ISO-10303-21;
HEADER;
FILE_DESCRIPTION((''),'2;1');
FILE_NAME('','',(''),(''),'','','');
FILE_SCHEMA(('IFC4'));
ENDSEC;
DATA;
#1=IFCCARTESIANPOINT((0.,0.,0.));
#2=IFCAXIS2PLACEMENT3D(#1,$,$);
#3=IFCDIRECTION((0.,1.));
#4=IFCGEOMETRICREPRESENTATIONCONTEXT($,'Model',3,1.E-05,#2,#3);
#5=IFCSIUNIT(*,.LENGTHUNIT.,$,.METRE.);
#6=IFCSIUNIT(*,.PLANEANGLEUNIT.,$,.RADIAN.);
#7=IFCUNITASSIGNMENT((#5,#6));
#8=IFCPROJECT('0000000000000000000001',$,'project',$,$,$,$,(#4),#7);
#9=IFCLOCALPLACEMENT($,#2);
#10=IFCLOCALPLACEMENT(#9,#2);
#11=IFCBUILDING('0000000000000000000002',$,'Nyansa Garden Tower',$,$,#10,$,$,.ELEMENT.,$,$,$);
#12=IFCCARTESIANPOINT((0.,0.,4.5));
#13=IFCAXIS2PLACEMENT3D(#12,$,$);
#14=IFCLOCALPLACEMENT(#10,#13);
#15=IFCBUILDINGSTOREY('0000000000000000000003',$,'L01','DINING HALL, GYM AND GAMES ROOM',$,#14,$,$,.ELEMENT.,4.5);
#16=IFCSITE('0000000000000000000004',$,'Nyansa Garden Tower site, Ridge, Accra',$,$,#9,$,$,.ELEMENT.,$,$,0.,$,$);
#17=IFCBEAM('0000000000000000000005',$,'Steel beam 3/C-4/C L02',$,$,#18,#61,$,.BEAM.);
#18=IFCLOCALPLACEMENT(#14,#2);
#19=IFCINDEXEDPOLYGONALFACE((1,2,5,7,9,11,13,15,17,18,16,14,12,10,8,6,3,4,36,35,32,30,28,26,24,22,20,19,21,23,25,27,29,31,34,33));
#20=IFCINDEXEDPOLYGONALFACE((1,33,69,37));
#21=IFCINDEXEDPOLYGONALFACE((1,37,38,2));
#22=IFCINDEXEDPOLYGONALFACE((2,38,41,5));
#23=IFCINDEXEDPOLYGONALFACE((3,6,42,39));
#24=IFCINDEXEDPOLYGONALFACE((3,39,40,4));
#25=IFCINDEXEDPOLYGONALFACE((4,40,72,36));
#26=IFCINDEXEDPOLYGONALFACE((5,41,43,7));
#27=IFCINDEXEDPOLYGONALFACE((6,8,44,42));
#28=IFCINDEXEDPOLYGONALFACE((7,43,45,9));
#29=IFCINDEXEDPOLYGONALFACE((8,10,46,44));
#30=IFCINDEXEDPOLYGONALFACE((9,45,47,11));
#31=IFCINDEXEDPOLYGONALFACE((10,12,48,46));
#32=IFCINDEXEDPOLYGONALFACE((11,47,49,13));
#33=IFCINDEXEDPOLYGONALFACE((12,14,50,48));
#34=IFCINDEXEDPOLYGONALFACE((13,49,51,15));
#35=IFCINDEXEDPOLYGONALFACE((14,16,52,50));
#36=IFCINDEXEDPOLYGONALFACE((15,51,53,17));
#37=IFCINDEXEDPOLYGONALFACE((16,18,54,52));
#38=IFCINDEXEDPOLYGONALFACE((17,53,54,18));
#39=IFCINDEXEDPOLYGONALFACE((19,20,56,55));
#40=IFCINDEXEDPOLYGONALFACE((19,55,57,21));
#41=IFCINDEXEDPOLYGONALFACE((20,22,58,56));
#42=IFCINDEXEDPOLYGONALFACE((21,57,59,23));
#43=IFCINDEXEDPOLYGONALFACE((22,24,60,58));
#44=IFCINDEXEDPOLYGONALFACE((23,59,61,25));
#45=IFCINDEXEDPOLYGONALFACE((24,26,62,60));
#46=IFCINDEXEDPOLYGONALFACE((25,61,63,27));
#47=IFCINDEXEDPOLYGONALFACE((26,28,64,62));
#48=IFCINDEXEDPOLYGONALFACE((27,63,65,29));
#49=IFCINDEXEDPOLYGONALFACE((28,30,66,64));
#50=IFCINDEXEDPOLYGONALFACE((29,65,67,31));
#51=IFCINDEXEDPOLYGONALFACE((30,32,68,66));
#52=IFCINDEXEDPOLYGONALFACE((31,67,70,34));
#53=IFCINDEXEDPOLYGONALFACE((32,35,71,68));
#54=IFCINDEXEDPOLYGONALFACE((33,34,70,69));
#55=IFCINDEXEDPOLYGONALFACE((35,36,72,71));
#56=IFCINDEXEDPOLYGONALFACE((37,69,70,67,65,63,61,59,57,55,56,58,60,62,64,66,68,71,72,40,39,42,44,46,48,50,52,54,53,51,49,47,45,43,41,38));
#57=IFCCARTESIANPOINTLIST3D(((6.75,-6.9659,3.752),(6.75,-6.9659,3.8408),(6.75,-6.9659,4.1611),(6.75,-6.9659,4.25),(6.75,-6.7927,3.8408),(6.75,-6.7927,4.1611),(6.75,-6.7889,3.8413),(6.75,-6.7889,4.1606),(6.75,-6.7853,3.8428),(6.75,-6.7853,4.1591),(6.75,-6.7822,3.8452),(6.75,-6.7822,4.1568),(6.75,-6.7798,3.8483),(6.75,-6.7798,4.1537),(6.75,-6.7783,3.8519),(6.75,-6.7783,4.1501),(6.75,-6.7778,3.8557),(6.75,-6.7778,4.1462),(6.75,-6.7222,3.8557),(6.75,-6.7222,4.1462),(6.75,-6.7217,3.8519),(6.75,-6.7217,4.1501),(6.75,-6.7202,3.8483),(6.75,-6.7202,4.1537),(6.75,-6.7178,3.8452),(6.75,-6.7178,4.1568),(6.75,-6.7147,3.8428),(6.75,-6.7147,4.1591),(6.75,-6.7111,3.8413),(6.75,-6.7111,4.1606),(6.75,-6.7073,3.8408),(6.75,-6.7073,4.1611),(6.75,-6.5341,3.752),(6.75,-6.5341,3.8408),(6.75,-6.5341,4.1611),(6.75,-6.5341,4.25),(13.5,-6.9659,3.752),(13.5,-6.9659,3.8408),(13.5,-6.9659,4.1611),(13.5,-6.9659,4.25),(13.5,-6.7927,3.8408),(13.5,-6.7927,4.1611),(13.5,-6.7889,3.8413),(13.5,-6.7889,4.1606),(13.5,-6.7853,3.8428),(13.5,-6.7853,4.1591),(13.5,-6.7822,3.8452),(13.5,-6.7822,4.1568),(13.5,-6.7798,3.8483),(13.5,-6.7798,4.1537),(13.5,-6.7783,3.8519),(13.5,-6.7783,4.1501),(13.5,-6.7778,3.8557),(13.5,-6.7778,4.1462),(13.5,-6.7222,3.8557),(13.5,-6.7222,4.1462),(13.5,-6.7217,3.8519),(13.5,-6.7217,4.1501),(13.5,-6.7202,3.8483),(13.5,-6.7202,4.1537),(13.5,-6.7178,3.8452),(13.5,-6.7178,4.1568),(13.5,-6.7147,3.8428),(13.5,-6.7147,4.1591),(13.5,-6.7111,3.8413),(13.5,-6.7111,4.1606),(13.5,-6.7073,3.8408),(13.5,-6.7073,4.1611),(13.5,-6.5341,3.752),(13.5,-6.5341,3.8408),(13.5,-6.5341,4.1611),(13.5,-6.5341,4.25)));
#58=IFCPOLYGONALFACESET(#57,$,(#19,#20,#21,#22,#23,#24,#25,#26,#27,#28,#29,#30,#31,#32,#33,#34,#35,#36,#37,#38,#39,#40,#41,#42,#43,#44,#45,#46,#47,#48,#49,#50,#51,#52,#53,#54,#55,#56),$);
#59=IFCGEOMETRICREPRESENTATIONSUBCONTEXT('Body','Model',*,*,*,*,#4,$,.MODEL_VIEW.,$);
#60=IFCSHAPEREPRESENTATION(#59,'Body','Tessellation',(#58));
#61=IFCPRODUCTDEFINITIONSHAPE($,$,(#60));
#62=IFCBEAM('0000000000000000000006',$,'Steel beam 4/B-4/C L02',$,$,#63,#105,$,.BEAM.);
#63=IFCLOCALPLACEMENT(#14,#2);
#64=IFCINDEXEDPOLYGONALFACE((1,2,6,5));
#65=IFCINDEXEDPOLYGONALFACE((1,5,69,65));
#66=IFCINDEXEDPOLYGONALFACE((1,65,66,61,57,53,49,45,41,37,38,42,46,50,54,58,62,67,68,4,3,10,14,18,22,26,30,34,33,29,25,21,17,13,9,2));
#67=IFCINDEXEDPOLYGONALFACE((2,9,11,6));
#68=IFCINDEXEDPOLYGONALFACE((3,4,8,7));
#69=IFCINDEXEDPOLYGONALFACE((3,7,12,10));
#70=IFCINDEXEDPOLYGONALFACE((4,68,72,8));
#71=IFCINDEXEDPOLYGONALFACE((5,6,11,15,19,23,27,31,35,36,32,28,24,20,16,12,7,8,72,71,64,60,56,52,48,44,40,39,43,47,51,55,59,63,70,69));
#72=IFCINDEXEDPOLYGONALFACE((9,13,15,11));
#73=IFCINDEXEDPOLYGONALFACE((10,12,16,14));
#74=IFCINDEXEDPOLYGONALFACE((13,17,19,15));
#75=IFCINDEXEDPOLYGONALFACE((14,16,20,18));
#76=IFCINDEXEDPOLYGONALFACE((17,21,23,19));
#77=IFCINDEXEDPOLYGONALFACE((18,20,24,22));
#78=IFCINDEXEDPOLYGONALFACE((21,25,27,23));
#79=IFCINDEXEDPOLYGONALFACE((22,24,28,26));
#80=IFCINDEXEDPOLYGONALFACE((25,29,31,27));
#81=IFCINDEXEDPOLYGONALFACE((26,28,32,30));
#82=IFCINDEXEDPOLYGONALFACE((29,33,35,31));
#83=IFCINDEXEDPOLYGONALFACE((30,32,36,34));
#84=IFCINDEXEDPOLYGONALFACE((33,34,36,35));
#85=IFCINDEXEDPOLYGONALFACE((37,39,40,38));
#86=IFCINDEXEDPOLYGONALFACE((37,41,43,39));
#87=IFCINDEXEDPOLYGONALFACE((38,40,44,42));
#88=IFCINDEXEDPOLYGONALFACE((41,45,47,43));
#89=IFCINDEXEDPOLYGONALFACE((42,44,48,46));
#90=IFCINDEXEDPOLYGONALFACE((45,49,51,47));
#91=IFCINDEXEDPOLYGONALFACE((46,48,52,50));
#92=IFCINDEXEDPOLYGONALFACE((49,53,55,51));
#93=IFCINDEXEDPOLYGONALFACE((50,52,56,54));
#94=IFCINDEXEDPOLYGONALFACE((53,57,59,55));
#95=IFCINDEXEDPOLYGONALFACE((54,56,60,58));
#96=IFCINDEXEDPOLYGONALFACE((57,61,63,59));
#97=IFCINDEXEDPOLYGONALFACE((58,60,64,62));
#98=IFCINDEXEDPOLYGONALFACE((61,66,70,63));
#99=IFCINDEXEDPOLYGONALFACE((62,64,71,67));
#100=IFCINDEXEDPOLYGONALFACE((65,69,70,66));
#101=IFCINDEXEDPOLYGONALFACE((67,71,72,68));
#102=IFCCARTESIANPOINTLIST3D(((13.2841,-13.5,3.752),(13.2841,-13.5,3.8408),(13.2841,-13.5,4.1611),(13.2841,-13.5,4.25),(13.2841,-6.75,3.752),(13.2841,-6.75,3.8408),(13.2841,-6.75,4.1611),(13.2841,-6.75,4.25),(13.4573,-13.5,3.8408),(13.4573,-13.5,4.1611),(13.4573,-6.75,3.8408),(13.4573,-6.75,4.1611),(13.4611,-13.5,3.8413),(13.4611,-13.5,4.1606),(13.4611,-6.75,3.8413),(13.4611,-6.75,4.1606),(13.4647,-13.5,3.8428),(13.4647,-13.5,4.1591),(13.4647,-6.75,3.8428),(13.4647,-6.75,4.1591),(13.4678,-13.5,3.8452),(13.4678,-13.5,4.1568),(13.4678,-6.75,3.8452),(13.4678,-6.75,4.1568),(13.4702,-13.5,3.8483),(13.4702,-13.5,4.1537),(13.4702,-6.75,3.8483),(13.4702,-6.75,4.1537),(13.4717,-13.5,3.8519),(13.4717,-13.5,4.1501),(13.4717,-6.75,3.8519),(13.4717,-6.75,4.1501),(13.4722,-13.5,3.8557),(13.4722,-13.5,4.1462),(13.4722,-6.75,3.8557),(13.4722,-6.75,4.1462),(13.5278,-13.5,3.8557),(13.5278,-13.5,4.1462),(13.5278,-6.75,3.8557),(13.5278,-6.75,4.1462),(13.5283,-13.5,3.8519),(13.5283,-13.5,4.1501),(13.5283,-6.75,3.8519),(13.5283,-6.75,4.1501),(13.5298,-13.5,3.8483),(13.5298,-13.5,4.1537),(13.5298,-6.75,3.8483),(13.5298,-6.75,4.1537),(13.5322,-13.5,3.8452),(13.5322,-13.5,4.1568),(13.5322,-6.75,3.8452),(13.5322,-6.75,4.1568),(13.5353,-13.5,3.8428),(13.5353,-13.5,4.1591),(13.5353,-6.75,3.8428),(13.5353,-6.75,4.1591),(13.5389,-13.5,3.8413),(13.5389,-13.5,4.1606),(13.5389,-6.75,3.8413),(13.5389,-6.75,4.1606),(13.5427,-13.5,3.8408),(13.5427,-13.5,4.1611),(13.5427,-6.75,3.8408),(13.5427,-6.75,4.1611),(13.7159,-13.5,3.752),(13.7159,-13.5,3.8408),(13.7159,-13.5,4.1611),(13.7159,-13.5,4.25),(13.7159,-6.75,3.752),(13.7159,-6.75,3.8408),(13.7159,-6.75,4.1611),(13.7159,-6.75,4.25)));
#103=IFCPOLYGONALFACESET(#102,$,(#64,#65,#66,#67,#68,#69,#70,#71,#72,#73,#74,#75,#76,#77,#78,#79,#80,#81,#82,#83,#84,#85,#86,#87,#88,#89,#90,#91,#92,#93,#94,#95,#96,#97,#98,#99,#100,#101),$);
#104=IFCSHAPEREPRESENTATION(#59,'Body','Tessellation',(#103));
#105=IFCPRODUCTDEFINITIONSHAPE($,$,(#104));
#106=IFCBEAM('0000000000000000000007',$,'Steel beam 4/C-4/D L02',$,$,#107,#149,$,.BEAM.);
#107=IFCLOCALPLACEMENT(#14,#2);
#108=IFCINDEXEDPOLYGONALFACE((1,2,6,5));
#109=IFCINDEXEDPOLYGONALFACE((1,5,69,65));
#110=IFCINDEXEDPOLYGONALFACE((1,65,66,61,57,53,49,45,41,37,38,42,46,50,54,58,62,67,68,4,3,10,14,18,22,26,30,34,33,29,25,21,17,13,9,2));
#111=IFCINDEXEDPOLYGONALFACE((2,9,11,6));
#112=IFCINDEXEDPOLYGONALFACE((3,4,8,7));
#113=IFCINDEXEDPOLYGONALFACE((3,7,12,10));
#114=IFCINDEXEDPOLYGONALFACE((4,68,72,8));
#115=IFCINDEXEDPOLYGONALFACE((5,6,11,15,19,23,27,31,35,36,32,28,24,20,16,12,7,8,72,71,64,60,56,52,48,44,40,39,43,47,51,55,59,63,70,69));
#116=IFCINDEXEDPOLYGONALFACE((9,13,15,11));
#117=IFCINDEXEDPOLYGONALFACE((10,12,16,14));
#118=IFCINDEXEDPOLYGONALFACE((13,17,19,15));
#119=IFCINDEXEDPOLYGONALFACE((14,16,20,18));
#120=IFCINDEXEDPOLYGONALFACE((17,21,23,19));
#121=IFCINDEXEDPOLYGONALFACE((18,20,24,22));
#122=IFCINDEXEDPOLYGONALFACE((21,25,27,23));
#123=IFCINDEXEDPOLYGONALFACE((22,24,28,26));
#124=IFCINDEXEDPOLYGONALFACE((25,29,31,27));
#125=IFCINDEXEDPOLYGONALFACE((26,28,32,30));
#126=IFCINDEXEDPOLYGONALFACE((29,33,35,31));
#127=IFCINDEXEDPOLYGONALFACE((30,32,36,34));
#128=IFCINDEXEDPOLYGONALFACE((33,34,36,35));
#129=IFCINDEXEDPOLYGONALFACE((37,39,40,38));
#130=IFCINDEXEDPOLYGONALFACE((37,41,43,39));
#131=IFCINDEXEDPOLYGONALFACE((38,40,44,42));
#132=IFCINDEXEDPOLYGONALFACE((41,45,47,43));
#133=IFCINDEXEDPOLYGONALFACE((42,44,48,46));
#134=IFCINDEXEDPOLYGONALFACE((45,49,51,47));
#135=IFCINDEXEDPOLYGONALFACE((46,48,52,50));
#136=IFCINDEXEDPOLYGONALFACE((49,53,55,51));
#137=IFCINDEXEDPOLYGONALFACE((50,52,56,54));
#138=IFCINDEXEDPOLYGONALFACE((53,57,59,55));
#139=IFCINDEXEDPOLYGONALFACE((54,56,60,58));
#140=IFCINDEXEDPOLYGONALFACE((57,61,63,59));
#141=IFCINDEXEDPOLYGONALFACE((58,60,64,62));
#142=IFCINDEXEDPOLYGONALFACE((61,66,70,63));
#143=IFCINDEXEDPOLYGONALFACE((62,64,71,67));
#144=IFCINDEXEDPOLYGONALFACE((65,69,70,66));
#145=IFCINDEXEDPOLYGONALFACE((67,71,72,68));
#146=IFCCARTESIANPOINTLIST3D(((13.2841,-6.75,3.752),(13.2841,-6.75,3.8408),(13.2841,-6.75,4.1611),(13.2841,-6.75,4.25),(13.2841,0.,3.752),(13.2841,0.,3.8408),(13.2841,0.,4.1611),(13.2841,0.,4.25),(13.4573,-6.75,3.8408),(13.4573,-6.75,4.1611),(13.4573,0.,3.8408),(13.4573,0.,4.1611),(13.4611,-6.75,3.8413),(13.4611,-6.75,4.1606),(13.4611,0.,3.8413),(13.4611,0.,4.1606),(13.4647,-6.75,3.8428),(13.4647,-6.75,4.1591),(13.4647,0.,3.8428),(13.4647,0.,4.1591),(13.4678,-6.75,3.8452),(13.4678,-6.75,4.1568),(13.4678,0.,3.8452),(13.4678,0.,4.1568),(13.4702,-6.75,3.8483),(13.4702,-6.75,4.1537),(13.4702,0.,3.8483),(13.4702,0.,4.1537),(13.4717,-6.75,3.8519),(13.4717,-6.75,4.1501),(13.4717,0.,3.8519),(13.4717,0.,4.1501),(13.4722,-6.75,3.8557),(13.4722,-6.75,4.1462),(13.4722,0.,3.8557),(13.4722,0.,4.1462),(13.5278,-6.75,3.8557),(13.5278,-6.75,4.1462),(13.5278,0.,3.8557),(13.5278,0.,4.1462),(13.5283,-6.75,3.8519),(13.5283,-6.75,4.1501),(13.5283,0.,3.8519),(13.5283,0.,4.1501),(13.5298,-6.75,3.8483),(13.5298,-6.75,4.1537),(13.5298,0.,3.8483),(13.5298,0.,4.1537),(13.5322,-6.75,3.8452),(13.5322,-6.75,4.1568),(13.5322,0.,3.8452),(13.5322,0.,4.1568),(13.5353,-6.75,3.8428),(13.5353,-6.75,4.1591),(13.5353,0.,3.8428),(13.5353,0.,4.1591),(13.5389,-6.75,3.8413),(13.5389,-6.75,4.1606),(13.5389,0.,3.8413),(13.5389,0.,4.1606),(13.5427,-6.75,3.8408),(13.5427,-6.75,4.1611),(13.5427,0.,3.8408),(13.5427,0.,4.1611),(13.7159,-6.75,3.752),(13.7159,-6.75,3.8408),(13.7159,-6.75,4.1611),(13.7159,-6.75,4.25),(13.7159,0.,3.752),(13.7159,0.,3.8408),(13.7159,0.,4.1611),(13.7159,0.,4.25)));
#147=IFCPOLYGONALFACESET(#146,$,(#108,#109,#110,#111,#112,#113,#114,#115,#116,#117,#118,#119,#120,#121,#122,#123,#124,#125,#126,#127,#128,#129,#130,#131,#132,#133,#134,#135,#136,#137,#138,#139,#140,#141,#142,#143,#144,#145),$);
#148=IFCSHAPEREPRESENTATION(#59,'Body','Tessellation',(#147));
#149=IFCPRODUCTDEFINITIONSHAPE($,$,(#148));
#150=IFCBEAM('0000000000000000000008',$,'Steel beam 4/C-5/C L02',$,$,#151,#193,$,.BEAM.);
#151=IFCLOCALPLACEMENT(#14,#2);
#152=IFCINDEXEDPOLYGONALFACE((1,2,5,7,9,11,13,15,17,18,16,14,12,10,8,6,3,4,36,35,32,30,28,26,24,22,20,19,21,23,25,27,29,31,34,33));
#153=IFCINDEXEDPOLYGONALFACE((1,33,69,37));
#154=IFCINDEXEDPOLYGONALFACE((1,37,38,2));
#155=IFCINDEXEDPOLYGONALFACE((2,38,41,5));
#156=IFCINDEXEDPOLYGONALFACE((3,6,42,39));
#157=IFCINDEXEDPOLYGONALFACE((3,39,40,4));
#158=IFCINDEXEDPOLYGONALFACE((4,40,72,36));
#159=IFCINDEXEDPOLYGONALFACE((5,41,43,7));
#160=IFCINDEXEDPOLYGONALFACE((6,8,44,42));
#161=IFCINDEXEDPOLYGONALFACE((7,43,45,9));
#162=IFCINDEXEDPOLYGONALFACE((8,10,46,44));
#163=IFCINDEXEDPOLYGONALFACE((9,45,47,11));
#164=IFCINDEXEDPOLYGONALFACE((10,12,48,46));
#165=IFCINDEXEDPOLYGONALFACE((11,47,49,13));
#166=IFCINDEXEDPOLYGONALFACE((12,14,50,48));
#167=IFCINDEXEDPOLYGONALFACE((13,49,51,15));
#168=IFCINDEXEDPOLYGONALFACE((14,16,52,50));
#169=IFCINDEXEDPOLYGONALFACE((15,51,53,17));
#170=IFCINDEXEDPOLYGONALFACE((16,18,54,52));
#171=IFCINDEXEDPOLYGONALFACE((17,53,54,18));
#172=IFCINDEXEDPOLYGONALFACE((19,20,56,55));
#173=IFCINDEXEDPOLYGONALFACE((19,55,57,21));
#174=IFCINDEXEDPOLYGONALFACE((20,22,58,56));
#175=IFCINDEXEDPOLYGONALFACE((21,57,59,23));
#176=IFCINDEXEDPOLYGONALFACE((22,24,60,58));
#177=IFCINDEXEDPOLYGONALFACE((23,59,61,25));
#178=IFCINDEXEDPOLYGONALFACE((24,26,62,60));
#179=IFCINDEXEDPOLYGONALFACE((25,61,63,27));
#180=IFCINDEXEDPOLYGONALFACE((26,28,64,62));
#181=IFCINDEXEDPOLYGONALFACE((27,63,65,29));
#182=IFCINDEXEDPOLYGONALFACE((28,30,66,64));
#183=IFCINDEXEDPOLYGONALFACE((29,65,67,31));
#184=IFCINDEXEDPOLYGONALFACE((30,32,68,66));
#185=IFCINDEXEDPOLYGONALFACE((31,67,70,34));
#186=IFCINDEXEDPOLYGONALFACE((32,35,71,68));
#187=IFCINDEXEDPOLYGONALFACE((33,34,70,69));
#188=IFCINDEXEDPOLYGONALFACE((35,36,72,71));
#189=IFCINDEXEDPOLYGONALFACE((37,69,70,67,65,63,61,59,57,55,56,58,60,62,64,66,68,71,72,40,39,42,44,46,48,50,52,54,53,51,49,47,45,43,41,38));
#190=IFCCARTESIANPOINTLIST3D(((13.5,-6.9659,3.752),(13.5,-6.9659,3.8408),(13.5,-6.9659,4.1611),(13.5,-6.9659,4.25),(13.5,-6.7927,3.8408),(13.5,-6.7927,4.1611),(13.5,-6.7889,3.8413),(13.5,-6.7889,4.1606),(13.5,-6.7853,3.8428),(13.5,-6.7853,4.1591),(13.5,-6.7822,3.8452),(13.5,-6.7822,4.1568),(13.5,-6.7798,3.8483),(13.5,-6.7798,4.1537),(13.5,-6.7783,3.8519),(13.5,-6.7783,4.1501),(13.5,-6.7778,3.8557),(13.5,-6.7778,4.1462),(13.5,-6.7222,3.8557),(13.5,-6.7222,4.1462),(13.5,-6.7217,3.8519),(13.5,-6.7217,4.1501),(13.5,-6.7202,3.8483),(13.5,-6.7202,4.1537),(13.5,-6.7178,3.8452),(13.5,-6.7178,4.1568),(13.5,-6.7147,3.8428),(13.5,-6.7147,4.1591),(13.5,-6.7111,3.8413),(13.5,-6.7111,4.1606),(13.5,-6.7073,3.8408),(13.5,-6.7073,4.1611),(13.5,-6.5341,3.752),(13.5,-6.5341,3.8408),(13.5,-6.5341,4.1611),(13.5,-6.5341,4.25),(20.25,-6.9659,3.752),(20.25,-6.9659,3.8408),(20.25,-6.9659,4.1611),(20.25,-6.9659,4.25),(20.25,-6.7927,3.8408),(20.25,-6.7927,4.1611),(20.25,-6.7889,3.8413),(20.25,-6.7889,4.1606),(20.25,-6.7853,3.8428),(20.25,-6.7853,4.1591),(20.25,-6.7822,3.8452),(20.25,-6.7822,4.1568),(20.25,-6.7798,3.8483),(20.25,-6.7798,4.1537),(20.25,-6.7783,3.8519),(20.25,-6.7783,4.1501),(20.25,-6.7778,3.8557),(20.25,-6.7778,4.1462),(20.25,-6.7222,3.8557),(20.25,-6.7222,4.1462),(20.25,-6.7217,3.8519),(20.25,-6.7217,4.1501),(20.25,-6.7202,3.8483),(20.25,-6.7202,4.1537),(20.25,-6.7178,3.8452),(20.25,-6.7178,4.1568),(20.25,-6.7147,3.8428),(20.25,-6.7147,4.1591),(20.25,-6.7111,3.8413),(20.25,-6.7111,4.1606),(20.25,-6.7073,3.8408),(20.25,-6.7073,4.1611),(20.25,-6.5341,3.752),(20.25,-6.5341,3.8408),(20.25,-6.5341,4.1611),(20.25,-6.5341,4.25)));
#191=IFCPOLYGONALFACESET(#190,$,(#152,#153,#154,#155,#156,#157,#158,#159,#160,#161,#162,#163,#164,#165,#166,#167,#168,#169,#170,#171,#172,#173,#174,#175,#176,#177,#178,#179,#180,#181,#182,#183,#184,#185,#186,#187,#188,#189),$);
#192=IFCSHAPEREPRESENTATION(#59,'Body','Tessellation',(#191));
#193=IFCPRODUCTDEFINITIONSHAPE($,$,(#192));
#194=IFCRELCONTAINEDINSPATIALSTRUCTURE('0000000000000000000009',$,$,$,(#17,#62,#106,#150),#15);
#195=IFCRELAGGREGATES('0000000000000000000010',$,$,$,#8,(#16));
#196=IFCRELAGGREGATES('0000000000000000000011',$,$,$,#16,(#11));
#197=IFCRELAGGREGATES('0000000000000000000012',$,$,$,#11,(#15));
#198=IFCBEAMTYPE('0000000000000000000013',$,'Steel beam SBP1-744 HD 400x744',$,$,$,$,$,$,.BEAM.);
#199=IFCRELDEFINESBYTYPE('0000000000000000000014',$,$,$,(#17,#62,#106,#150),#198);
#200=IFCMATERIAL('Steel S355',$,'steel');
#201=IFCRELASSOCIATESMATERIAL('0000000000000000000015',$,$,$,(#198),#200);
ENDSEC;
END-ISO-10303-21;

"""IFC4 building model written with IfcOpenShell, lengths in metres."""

from ifc_helpers import new_model, si_unit, direction, frame, origin, origin_2d, place, context, subcontext, project, spatial, i_section, extrude, material, material_profile, profile_set, type_object, element, save


model = new_model("IFC4")

# Units and contexts
model_context = context("Model", 3, precision=1e-05, world=origin(), true_north=direction((0.0, 1.0)))
body_context = subcontext(model_context, "Body", "Model", "MODEL_VIEW")
ifc_project = project(units=[si_unit("LENGTHUNIT", "METRE"), si_unit("PLANEANGLEUNIT", "RADIAN")], contexts=[model_context])

# Site, building, storey
site_placement = place(None, origin())
site = spatial("IfcSite", under=ifc_project, at=site_placement, Name="Nyansa Garden Tower site, Ridge, Accra", CompositionType="ELEMENT", RefElevation=0.0)
building_placement = place(site_placement, origin())
building = spatial("IfcBuilding", under=site, at=building_placement, Name="Nyansa Garden Tower", CompositionType="ELEMENT")
storey_placement = place(building_placement, frame((0.0, 0.0, 4.5)))
storey = spatial("IfcBuildingStorey", under=building, at=storey_placement, Name="L01", Description="DINING HALL, GYM AND GAMES ROOM", CompositionType="ELEMENT", Elevation=4.5)

# Beams
ifc_material_1 = material(Name="Steel S355", Category="steel")
ifc_material_profile_1 = material_profile(ifc_material_1, i_section(OverallWidth=0.4319, OverallDepth=0.498, WebThickness=0.0557, FlangeThickness=0.0889, FilletRadius=0.0149, at=origin_2d()), Name="HD 400x744")
ifc_profile_set_1 = profile_set([ifc_material_profile_1], Name="Steel S355")
beam_type_1 = type_object("IfcBeamType", Name="Steel beam SBP1-744 HD 400x744", PredefinedType="BEAM", material=ifc_profile_set_1)
for number, where, z_axis, x_axis, name in (
    (1, (6.75, -6.75, 4.001), (1.0, 0.0, 0.0), (0.0, 1.0, 0.0), "Steel beam 3/C-4/C L02"),
    (2, (13.5, -13.5, 4.001), (0.0, 1.0, 0.0), (-1.0, 0.0, 0.0), "Steel beam 4/B-4/C L02"),
    (3, (13.5, -6.75, 4.001), (0.0, 1.0, 0.0), (-1.0, 0.0, 0.0), "Steel beam 4/C-4/D L02"),
    (4, (13.5, -6.75, 4.001), (1.0, 0.0, 0.0), (0.0, 1.0, 0.0), "Steel beam 4/C-5/C L02"),
):
    element("IfcBeam", number, at=place(storey_placement, frame(where, z_axis=z_axis, x_axis=x_axis)), inside=storey, type_object=beam_type_1, Name=name, PredefinedType="BEAM", context=body_context, shape_type="SweptSolid", body=[
        extrude(i_section(OverallWidth=0.4319, OverallDepth=0.498, WebThickness=0.0557, FlangeThickness=0.0889, FilletRadius=0.0149, at=origin_2d()), origin(), (0.0, 0.0, 1.0), 6.75),
    ])

save(model, "model.ifc")
